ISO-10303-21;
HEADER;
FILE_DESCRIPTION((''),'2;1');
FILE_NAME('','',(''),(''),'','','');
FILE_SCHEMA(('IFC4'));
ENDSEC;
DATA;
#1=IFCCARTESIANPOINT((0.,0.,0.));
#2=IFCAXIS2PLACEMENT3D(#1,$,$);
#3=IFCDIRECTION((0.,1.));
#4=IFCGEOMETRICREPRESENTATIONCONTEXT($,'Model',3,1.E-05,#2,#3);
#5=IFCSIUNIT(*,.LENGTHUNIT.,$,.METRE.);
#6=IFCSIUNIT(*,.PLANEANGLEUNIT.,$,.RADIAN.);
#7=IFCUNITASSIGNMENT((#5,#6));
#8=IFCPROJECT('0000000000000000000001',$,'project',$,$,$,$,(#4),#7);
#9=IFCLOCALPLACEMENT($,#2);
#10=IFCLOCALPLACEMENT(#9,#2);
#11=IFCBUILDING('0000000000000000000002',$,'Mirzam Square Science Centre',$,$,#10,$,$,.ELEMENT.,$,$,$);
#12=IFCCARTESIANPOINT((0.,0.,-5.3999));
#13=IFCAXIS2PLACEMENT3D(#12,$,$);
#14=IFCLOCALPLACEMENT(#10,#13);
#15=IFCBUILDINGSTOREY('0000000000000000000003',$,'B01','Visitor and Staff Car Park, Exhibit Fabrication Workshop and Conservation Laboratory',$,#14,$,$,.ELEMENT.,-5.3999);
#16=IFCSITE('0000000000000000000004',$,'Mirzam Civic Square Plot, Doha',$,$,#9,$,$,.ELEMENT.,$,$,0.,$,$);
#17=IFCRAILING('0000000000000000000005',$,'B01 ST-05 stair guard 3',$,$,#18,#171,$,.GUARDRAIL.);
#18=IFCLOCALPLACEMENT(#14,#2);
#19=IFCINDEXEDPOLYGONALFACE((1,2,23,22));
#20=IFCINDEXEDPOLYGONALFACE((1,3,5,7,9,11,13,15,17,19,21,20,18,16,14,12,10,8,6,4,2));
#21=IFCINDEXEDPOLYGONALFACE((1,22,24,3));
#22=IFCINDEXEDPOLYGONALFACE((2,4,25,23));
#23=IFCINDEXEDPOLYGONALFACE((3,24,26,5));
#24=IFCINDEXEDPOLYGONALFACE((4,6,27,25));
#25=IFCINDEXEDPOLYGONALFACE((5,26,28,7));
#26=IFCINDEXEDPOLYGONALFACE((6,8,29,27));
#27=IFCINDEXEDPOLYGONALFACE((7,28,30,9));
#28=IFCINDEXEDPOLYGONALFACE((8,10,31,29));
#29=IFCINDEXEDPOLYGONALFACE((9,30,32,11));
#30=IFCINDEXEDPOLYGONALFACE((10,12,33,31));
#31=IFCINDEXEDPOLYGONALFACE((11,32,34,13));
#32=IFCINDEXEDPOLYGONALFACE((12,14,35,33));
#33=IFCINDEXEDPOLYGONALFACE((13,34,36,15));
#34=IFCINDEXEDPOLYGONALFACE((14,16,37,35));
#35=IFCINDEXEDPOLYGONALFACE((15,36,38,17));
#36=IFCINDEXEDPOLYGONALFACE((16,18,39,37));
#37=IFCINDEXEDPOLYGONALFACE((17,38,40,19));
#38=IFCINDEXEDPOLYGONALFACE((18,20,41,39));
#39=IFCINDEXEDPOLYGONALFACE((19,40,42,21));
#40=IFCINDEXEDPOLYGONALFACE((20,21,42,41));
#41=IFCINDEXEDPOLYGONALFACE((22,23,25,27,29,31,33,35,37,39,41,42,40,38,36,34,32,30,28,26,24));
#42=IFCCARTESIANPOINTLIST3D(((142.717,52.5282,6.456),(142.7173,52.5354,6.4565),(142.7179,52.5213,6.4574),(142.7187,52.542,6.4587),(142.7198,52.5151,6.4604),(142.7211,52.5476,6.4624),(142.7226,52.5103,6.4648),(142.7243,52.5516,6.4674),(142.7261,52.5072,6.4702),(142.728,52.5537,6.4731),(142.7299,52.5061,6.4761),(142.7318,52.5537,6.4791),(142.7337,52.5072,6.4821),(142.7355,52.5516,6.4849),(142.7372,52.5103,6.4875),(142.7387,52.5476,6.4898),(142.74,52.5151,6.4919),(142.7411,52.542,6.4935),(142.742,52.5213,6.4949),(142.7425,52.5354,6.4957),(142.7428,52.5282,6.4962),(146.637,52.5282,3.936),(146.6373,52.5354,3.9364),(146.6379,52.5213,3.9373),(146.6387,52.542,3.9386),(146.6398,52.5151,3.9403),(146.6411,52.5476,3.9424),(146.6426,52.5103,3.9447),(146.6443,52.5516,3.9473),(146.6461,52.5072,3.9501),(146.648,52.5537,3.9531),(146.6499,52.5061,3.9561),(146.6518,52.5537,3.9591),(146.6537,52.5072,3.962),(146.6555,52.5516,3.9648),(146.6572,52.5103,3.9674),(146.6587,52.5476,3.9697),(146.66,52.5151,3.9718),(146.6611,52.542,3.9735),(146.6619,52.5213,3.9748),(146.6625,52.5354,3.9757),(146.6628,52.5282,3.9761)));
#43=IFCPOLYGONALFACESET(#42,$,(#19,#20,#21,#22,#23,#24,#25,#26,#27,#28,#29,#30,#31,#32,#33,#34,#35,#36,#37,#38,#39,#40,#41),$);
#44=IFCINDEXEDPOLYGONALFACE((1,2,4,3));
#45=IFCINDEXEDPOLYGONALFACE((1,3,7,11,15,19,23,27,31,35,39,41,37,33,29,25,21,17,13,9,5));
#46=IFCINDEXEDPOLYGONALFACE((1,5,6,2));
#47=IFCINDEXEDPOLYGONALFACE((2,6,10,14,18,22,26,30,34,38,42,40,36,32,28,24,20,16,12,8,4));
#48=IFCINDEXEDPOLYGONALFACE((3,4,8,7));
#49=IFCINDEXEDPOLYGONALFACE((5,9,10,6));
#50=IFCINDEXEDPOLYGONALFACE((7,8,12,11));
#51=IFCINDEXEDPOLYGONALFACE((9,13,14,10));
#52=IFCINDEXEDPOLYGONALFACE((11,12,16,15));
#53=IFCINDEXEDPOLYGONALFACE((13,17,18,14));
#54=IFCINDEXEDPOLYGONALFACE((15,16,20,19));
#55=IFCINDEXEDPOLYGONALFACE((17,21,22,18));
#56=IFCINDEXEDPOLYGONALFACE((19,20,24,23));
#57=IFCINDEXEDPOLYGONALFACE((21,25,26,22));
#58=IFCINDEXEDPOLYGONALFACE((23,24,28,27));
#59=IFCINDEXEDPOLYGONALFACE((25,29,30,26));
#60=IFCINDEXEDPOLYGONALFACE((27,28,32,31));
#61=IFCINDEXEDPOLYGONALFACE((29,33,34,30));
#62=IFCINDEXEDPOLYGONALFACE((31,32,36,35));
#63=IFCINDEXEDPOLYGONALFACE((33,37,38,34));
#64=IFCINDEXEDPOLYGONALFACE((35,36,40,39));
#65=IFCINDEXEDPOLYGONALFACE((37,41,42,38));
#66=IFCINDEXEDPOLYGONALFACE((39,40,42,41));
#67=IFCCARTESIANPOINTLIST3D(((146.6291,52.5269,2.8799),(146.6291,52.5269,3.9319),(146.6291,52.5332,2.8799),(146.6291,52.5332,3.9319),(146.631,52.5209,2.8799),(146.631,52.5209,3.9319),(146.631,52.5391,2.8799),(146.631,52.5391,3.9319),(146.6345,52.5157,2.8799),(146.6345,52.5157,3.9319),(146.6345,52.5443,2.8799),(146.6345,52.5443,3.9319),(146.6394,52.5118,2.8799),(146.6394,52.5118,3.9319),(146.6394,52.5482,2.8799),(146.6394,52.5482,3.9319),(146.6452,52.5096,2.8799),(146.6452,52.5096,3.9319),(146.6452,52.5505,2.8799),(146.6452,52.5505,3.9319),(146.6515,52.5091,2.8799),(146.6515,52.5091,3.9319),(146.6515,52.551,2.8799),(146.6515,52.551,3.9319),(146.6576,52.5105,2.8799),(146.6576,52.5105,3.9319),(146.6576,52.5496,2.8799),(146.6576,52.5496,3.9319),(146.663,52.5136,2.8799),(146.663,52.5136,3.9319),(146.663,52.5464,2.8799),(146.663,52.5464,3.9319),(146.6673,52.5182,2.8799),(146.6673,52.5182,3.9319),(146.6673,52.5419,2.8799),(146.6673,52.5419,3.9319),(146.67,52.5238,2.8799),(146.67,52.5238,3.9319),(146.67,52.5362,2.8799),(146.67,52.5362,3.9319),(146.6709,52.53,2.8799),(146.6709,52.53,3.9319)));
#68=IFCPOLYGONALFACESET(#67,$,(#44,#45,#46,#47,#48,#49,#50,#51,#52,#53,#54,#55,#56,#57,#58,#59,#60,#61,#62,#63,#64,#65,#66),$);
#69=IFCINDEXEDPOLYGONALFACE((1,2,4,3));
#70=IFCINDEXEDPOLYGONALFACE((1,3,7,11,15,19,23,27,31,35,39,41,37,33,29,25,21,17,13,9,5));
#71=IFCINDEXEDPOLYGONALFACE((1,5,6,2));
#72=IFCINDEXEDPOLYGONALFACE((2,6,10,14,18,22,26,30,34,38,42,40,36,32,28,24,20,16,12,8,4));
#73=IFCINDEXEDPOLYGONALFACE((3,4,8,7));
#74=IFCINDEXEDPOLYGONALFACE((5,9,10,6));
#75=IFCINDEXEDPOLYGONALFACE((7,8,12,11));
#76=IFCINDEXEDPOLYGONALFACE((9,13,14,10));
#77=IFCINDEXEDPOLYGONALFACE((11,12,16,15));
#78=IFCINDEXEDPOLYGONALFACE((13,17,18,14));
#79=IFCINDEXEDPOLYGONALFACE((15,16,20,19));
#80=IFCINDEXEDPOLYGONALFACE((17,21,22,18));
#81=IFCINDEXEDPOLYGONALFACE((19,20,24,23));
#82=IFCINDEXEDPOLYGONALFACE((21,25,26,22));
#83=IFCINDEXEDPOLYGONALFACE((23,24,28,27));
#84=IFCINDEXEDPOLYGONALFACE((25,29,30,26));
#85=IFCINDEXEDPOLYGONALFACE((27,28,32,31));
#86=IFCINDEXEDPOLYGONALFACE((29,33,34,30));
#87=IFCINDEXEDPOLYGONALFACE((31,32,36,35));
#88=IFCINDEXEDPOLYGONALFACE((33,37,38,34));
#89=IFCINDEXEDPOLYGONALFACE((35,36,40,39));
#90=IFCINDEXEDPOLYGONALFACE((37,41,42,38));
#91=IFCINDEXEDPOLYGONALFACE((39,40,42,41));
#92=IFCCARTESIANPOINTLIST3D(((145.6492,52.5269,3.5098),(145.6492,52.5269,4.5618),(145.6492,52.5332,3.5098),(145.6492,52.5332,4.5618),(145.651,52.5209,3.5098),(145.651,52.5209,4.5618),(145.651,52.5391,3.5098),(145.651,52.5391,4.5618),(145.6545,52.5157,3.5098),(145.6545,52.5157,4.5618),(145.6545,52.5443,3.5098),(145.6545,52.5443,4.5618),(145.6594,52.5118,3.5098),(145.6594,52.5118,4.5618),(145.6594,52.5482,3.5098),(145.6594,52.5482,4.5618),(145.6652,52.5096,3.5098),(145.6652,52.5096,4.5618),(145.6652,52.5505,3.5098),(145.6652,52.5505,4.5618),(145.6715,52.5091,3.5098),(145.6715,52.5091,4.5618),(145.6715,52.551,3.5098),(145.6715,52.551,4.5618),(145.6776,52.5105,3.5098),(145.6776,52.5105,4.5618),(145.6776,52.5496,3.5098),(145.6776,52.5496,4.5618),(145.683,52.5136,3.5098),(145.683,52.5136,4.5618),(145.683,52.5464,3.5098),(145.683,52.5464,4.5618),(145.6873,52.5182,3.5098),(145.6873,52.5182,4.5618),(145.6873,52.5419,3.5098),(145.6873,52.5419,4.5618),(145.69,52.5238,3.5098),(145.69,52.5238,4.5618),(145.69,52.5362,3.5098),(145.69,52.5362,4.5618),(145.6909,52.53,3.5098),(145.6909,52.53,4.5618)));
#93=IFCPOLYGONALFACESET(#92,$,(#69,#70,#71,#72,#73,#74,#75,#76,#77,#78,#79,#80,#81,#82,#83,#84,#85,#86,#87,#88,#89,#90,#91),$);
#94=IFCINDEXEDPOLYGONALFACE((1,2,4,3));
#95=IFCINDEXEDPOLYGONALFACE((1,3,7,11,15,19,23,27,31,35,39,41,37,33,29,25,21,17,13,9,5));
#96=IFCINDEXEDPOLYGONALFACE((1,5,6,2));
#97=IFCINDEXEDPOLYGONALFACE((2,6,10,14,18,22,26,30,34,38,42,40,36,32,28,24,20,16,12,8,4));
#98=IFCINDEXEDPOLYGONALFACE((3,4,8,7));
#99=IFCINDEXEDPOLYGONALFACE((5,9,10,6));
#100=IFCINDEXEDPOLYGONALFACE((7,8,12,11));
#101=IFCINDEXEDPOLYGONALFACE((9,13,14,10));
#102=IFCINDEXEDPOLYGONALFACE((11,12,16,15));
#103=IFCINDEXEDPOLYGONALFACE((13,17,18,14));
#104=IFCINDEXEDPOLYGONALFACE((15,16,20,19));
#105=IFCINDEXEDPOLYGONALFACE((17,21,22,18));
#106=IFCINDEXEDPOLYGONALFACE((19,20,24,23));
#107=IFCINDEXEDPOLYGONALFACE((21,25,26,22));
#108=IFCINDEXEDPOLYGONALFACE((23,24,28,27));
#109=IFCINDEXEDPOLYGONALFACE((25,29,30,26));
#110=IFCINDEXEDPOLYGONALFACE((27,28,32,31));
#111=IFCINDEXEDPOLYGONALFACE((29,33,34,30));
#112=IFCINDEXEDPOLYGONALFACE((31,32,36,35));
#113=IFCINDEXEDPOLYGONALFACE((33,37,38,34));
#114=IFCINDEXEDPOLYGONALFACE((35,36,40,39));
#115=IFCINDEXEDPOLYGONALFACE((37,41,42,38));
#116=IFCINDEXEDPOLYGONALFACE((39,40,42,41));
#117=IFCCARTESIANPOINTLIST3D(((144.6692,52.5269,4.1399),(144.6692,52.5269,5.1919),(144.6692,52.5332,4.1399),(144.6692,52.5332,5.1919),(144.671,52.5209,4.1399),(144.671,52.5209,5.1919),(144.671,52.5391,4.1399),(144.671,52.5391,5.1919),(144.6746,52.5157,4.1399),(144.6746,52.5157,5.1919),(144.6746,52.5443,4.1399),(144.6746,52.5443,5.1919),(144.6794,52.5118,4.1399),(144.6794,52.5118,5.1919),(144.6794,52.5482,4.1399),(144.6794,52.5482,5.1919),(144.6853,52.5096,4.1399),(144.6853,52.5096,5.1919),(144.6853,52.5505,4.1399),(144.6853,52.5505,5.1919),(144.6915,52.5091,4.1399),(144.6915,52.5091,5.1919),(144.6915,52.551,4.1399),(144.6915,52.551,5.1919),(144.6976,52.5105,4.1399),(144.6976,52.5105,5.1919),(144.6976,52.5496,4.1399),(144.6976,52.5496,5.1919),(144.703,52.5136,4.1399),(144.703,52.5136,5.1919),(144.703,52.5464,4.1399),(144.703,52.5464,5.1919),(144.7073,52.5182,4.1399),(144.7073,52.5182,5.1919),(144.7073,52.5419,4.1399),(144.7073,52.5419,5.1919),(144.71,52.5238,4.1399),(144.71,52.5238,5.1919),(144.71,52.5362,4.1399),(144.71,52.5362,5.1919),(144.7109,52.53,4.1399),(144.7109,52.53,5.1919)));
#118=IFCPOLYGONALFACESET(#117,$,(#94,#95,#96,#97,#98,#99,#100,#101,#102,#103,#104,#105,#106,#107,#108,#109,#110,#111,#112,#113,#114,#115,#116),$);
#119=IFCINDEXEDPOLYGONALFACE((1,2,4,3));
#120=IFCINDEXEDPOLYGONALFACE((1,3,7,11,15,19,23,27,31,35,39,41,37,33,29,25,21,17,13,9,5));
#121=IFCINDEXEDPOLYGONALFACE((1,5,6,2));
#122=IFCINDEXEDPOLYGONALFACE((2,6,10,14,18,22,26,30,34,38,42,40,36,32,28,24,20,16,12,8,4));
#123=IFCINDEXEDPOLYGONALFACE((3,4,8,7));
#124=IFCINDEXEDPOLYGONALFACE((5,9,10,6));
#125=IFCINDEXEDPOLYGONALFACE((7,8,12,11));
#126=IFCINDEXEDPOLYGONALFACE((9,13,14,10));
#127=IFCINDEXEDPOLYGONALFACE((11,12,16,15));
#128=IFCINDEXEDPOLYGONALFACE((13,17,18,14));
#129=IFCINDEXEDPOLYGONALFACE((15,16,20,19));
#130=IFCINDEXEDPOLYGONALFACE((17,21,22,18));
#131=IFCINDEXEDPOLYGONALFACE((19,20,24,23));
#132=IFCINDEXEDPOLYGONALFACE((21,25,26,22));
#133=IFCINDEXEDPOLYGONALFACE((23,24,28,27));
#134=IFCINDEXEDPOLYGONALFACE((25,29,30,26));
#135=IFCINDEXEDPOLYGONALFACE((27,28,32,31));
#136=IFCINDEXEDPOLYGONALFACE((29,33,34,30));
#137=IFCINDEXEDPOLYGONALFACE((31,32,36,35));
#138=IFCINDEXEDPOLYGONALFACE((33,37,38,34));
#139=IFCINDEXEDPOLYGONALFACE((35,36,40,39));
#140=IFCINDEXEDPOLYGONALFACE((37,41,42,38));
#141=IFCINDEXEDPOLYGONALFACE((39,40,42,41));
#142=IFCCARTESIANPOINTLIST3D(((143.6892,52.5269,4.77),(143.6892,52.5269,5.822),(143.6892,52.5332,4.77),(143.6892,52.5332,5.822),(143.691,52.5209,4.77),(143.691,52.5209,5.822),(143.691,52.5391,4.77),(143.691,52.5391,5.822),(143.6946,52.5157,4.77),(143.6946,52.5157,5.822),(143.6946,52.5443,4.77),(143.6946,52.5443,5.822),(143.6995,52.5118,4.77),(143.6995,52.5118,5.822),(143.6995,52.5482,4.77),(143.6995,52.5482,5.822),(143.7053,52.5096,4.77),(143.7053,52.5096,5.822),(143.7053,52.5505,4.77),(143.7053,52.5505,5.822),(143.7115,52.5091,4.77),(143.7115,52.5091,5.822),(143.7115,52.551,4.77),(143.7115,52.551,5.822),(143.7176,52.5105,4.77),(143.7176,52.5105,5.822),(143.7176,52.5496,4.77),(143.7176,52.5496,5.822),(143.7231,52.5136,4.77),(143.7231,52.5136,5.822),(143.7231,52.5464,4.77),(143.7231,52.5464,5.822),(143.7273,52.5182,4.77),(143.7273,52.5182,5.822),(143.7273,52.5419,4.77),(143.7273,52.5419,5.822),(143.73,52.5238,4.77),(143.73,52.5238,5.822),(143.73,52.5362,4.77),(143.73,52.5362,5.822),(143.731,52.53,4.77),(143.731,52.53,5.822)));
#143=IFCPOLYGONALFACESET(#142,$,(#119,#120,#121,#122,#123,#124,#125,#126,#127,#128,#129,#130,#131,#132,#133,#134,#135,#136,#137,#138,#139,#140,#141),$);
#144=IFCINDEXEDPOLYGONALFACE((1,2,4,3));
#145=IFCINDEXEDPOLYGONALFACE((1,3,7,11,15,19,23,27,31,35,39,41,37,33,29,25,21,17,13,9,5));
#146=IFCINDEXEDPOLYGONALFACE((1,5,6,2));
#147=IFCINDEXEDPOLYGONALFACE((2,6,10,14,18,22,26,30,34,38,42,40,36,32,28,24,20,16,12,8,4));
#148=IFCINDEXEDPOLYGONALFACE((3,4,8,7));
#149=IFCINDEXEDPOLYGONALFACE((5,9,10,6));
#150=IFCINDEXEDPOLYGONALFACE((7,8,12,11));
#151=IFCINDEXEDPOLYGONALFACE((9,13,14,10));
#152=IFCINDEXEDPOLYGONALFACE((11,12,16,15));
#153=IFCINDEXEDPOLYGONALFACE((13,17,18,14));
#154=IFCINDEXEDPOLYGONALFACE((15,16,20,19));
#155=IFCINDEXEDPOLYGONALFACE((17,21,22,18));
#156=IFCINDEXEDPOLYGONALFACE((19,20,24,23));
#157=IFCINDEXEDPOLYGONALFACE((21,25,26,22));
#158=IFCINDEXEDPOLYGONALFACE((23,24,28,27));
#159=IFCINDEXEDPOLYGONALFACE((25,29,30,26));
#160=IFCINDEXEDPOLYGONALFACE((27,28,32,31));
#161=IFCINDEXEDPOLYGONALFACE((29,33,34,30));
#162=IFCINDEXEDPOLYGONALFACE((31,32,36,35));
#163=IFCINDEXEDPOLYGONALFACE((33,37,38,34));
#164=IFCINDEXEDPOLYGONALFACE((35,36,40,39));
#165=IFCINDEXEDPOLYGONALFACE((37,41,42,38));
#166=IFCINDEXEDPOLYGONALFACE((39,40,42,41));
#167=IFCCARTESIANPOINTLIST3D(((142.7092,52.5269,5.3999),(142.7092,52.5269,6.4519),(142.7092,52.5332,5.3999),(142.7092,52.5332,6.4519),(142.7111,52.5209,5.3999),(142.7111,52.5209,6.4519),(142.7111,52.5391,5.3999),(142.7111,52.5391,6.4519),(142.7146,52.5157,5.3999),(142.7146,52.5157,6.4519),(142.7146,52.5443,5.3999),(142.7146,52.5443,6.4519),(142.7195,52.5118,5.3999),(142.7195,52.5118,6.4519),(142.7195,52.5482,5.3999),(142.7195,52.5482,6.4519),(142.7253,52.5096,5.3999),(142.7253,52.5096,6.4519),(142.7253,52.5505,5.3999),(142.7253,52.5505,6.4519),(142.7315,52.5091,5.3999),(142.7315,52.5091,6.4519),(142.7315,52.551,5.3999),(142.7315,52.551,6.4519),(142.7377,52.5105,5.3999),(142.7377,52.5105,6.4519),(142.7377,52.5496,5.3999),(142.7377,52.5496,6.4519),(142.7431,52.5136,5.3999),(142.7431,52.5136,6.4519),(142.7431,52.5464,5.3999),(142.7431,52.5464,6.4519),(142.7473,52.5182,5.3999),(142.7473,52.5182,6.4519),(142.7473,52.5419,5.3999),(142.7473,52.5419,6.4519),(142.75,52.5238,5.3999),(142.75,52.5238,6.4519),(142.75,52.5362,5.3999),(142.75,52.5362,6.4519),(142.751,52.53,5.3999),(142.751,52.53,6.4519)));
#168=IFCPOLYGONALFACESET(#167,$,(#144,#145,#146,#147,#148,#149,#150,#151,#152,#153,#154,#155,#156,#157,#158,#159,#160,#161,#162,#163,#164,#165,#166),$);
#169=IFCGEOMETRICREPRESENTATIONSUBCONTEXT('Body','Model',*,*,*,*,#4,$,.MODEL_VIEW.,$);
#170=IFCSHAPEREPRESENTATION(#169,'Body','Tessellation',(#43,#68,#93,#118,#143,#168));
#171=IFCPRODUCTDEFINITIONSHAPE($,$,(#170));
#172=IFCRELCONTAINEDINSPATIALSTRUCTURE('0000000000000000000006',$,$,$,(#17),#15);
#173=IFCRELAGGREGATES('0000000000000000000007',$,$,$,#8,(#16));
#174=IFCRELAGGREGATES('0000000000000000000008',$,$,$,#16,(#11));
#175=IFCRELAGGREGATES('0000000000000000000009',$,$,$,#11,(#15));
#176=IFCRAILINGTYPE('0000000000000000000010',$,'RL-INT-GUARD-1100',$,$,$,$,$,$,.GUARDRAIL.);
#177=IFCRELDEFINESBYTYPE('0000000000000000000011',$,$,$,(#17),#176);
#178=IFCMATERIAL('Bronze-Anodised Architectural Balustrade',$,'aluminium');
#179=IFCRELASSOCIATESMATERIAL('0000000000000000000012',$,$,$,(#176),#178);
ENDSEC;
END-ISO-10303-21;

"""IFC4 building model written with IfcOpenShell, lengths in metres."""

from ifc_helpers import new_model, si_unit, direction, frame, origin, origin_2d, place, context, subcontext, project, spatial, circle, extrude, material, type_object, element, save


model = new_model("IFC4")

# Units and contexts
model_context = context("Model", 3, precision=1e-05, world=origin(), true_north=direction((0.0, 1.0)))
body_context = subcontext(model_context, "Body", "Model", "MODEL_VIEW")
ifc_project = project(units=[si_unit("LENGTHUNIT", "METRE"), si_unit("PLANEANGLEUNIT", "RADIAN")], contexts=[model_context])

# Site, building, storey
site_placement = place(None, origin())
site = spatial("IfcSite", under=ifc_project, at=site_placement, Name="Mirzam Civic Square Plot, Doha", CompositionType="ELEMENT", RefElevation=0.0)
building_placement = place(site_placement, origin())
building = spatial("IfcBuilding", under=site, at=building_placement, Name="Mirzam Square Science Centre", CompositionType="ELEMENT")
storey_placement = place(building_placement, frame((0.0, 0.0, -5.3999)))
storey = spatial("IfcBuildingStorey", under=building, at=storey_placement, Name="B01", Description="Visitor and Staff Car Park, Exhibit Fabrication Workshop and Conservation Laboratory", CompositionType="ELEMENT", Elevation=-5.3999)

# Railing
ifc_material_1 = material(Name="Bronze-Anodised Architectural Balustrade", Category="aluminium")
railing_type_1 = type_object("IfcRailingType", Name="RL-INT-GUARD-1100", PredefinedType="GUARDRAIL", material=ifc_material_1)
railing_1_placement = place(storey_placement, frame((146.6499, 52.53, 2.8799)))
element("IfcRailing", 1, at=railing_1_placement, inside=storey, type_object=railing_type_1, Name="B01 ST-05 stair guard 3", PredefinedType="GUARDRAIL", context=body_context, shape_type="SweptSolid", body=[
    extrude(circle(Radius=0.0239, at=origin_2d()), frame((0.0, 0.0, 1.0762), z_axis=(-0.841172, 0.0, 0.540768), x_axis=(0.0, -1.0, 0.0)), (0.0, 0.0, 1.0), 4.6602),
    extrude(circle(Radius=0.021, at=origin_2d()), origin(), (0.0, 0.0, 1.0), 1.052),
    extrude(circle(Radius=0.021, at=origin_2d()), frame((-0.98, 0.0, 0.6299)), (0.0, 0.0, 1.0), 1.052),
    extrude(circle(Radius=0.021, at=origin_2d()), frame((-1.96, 0.0, 1.26)), (0.0, 0.0, 1.0), 1.052),
    extrude(circle(Radius=0.021, at=origin_2d()), frame((-2.9399, 0.0, 1.8901)), (0.0, 0.0, 1.0), 1.052),
    extrude(circle(Radius=0.021, at=origin_2d()), frame((-3.9199, 0.0, 2.52)), (0.0, 0.0, 1.0), 1.052),
])

save(model, "model.ifc")
